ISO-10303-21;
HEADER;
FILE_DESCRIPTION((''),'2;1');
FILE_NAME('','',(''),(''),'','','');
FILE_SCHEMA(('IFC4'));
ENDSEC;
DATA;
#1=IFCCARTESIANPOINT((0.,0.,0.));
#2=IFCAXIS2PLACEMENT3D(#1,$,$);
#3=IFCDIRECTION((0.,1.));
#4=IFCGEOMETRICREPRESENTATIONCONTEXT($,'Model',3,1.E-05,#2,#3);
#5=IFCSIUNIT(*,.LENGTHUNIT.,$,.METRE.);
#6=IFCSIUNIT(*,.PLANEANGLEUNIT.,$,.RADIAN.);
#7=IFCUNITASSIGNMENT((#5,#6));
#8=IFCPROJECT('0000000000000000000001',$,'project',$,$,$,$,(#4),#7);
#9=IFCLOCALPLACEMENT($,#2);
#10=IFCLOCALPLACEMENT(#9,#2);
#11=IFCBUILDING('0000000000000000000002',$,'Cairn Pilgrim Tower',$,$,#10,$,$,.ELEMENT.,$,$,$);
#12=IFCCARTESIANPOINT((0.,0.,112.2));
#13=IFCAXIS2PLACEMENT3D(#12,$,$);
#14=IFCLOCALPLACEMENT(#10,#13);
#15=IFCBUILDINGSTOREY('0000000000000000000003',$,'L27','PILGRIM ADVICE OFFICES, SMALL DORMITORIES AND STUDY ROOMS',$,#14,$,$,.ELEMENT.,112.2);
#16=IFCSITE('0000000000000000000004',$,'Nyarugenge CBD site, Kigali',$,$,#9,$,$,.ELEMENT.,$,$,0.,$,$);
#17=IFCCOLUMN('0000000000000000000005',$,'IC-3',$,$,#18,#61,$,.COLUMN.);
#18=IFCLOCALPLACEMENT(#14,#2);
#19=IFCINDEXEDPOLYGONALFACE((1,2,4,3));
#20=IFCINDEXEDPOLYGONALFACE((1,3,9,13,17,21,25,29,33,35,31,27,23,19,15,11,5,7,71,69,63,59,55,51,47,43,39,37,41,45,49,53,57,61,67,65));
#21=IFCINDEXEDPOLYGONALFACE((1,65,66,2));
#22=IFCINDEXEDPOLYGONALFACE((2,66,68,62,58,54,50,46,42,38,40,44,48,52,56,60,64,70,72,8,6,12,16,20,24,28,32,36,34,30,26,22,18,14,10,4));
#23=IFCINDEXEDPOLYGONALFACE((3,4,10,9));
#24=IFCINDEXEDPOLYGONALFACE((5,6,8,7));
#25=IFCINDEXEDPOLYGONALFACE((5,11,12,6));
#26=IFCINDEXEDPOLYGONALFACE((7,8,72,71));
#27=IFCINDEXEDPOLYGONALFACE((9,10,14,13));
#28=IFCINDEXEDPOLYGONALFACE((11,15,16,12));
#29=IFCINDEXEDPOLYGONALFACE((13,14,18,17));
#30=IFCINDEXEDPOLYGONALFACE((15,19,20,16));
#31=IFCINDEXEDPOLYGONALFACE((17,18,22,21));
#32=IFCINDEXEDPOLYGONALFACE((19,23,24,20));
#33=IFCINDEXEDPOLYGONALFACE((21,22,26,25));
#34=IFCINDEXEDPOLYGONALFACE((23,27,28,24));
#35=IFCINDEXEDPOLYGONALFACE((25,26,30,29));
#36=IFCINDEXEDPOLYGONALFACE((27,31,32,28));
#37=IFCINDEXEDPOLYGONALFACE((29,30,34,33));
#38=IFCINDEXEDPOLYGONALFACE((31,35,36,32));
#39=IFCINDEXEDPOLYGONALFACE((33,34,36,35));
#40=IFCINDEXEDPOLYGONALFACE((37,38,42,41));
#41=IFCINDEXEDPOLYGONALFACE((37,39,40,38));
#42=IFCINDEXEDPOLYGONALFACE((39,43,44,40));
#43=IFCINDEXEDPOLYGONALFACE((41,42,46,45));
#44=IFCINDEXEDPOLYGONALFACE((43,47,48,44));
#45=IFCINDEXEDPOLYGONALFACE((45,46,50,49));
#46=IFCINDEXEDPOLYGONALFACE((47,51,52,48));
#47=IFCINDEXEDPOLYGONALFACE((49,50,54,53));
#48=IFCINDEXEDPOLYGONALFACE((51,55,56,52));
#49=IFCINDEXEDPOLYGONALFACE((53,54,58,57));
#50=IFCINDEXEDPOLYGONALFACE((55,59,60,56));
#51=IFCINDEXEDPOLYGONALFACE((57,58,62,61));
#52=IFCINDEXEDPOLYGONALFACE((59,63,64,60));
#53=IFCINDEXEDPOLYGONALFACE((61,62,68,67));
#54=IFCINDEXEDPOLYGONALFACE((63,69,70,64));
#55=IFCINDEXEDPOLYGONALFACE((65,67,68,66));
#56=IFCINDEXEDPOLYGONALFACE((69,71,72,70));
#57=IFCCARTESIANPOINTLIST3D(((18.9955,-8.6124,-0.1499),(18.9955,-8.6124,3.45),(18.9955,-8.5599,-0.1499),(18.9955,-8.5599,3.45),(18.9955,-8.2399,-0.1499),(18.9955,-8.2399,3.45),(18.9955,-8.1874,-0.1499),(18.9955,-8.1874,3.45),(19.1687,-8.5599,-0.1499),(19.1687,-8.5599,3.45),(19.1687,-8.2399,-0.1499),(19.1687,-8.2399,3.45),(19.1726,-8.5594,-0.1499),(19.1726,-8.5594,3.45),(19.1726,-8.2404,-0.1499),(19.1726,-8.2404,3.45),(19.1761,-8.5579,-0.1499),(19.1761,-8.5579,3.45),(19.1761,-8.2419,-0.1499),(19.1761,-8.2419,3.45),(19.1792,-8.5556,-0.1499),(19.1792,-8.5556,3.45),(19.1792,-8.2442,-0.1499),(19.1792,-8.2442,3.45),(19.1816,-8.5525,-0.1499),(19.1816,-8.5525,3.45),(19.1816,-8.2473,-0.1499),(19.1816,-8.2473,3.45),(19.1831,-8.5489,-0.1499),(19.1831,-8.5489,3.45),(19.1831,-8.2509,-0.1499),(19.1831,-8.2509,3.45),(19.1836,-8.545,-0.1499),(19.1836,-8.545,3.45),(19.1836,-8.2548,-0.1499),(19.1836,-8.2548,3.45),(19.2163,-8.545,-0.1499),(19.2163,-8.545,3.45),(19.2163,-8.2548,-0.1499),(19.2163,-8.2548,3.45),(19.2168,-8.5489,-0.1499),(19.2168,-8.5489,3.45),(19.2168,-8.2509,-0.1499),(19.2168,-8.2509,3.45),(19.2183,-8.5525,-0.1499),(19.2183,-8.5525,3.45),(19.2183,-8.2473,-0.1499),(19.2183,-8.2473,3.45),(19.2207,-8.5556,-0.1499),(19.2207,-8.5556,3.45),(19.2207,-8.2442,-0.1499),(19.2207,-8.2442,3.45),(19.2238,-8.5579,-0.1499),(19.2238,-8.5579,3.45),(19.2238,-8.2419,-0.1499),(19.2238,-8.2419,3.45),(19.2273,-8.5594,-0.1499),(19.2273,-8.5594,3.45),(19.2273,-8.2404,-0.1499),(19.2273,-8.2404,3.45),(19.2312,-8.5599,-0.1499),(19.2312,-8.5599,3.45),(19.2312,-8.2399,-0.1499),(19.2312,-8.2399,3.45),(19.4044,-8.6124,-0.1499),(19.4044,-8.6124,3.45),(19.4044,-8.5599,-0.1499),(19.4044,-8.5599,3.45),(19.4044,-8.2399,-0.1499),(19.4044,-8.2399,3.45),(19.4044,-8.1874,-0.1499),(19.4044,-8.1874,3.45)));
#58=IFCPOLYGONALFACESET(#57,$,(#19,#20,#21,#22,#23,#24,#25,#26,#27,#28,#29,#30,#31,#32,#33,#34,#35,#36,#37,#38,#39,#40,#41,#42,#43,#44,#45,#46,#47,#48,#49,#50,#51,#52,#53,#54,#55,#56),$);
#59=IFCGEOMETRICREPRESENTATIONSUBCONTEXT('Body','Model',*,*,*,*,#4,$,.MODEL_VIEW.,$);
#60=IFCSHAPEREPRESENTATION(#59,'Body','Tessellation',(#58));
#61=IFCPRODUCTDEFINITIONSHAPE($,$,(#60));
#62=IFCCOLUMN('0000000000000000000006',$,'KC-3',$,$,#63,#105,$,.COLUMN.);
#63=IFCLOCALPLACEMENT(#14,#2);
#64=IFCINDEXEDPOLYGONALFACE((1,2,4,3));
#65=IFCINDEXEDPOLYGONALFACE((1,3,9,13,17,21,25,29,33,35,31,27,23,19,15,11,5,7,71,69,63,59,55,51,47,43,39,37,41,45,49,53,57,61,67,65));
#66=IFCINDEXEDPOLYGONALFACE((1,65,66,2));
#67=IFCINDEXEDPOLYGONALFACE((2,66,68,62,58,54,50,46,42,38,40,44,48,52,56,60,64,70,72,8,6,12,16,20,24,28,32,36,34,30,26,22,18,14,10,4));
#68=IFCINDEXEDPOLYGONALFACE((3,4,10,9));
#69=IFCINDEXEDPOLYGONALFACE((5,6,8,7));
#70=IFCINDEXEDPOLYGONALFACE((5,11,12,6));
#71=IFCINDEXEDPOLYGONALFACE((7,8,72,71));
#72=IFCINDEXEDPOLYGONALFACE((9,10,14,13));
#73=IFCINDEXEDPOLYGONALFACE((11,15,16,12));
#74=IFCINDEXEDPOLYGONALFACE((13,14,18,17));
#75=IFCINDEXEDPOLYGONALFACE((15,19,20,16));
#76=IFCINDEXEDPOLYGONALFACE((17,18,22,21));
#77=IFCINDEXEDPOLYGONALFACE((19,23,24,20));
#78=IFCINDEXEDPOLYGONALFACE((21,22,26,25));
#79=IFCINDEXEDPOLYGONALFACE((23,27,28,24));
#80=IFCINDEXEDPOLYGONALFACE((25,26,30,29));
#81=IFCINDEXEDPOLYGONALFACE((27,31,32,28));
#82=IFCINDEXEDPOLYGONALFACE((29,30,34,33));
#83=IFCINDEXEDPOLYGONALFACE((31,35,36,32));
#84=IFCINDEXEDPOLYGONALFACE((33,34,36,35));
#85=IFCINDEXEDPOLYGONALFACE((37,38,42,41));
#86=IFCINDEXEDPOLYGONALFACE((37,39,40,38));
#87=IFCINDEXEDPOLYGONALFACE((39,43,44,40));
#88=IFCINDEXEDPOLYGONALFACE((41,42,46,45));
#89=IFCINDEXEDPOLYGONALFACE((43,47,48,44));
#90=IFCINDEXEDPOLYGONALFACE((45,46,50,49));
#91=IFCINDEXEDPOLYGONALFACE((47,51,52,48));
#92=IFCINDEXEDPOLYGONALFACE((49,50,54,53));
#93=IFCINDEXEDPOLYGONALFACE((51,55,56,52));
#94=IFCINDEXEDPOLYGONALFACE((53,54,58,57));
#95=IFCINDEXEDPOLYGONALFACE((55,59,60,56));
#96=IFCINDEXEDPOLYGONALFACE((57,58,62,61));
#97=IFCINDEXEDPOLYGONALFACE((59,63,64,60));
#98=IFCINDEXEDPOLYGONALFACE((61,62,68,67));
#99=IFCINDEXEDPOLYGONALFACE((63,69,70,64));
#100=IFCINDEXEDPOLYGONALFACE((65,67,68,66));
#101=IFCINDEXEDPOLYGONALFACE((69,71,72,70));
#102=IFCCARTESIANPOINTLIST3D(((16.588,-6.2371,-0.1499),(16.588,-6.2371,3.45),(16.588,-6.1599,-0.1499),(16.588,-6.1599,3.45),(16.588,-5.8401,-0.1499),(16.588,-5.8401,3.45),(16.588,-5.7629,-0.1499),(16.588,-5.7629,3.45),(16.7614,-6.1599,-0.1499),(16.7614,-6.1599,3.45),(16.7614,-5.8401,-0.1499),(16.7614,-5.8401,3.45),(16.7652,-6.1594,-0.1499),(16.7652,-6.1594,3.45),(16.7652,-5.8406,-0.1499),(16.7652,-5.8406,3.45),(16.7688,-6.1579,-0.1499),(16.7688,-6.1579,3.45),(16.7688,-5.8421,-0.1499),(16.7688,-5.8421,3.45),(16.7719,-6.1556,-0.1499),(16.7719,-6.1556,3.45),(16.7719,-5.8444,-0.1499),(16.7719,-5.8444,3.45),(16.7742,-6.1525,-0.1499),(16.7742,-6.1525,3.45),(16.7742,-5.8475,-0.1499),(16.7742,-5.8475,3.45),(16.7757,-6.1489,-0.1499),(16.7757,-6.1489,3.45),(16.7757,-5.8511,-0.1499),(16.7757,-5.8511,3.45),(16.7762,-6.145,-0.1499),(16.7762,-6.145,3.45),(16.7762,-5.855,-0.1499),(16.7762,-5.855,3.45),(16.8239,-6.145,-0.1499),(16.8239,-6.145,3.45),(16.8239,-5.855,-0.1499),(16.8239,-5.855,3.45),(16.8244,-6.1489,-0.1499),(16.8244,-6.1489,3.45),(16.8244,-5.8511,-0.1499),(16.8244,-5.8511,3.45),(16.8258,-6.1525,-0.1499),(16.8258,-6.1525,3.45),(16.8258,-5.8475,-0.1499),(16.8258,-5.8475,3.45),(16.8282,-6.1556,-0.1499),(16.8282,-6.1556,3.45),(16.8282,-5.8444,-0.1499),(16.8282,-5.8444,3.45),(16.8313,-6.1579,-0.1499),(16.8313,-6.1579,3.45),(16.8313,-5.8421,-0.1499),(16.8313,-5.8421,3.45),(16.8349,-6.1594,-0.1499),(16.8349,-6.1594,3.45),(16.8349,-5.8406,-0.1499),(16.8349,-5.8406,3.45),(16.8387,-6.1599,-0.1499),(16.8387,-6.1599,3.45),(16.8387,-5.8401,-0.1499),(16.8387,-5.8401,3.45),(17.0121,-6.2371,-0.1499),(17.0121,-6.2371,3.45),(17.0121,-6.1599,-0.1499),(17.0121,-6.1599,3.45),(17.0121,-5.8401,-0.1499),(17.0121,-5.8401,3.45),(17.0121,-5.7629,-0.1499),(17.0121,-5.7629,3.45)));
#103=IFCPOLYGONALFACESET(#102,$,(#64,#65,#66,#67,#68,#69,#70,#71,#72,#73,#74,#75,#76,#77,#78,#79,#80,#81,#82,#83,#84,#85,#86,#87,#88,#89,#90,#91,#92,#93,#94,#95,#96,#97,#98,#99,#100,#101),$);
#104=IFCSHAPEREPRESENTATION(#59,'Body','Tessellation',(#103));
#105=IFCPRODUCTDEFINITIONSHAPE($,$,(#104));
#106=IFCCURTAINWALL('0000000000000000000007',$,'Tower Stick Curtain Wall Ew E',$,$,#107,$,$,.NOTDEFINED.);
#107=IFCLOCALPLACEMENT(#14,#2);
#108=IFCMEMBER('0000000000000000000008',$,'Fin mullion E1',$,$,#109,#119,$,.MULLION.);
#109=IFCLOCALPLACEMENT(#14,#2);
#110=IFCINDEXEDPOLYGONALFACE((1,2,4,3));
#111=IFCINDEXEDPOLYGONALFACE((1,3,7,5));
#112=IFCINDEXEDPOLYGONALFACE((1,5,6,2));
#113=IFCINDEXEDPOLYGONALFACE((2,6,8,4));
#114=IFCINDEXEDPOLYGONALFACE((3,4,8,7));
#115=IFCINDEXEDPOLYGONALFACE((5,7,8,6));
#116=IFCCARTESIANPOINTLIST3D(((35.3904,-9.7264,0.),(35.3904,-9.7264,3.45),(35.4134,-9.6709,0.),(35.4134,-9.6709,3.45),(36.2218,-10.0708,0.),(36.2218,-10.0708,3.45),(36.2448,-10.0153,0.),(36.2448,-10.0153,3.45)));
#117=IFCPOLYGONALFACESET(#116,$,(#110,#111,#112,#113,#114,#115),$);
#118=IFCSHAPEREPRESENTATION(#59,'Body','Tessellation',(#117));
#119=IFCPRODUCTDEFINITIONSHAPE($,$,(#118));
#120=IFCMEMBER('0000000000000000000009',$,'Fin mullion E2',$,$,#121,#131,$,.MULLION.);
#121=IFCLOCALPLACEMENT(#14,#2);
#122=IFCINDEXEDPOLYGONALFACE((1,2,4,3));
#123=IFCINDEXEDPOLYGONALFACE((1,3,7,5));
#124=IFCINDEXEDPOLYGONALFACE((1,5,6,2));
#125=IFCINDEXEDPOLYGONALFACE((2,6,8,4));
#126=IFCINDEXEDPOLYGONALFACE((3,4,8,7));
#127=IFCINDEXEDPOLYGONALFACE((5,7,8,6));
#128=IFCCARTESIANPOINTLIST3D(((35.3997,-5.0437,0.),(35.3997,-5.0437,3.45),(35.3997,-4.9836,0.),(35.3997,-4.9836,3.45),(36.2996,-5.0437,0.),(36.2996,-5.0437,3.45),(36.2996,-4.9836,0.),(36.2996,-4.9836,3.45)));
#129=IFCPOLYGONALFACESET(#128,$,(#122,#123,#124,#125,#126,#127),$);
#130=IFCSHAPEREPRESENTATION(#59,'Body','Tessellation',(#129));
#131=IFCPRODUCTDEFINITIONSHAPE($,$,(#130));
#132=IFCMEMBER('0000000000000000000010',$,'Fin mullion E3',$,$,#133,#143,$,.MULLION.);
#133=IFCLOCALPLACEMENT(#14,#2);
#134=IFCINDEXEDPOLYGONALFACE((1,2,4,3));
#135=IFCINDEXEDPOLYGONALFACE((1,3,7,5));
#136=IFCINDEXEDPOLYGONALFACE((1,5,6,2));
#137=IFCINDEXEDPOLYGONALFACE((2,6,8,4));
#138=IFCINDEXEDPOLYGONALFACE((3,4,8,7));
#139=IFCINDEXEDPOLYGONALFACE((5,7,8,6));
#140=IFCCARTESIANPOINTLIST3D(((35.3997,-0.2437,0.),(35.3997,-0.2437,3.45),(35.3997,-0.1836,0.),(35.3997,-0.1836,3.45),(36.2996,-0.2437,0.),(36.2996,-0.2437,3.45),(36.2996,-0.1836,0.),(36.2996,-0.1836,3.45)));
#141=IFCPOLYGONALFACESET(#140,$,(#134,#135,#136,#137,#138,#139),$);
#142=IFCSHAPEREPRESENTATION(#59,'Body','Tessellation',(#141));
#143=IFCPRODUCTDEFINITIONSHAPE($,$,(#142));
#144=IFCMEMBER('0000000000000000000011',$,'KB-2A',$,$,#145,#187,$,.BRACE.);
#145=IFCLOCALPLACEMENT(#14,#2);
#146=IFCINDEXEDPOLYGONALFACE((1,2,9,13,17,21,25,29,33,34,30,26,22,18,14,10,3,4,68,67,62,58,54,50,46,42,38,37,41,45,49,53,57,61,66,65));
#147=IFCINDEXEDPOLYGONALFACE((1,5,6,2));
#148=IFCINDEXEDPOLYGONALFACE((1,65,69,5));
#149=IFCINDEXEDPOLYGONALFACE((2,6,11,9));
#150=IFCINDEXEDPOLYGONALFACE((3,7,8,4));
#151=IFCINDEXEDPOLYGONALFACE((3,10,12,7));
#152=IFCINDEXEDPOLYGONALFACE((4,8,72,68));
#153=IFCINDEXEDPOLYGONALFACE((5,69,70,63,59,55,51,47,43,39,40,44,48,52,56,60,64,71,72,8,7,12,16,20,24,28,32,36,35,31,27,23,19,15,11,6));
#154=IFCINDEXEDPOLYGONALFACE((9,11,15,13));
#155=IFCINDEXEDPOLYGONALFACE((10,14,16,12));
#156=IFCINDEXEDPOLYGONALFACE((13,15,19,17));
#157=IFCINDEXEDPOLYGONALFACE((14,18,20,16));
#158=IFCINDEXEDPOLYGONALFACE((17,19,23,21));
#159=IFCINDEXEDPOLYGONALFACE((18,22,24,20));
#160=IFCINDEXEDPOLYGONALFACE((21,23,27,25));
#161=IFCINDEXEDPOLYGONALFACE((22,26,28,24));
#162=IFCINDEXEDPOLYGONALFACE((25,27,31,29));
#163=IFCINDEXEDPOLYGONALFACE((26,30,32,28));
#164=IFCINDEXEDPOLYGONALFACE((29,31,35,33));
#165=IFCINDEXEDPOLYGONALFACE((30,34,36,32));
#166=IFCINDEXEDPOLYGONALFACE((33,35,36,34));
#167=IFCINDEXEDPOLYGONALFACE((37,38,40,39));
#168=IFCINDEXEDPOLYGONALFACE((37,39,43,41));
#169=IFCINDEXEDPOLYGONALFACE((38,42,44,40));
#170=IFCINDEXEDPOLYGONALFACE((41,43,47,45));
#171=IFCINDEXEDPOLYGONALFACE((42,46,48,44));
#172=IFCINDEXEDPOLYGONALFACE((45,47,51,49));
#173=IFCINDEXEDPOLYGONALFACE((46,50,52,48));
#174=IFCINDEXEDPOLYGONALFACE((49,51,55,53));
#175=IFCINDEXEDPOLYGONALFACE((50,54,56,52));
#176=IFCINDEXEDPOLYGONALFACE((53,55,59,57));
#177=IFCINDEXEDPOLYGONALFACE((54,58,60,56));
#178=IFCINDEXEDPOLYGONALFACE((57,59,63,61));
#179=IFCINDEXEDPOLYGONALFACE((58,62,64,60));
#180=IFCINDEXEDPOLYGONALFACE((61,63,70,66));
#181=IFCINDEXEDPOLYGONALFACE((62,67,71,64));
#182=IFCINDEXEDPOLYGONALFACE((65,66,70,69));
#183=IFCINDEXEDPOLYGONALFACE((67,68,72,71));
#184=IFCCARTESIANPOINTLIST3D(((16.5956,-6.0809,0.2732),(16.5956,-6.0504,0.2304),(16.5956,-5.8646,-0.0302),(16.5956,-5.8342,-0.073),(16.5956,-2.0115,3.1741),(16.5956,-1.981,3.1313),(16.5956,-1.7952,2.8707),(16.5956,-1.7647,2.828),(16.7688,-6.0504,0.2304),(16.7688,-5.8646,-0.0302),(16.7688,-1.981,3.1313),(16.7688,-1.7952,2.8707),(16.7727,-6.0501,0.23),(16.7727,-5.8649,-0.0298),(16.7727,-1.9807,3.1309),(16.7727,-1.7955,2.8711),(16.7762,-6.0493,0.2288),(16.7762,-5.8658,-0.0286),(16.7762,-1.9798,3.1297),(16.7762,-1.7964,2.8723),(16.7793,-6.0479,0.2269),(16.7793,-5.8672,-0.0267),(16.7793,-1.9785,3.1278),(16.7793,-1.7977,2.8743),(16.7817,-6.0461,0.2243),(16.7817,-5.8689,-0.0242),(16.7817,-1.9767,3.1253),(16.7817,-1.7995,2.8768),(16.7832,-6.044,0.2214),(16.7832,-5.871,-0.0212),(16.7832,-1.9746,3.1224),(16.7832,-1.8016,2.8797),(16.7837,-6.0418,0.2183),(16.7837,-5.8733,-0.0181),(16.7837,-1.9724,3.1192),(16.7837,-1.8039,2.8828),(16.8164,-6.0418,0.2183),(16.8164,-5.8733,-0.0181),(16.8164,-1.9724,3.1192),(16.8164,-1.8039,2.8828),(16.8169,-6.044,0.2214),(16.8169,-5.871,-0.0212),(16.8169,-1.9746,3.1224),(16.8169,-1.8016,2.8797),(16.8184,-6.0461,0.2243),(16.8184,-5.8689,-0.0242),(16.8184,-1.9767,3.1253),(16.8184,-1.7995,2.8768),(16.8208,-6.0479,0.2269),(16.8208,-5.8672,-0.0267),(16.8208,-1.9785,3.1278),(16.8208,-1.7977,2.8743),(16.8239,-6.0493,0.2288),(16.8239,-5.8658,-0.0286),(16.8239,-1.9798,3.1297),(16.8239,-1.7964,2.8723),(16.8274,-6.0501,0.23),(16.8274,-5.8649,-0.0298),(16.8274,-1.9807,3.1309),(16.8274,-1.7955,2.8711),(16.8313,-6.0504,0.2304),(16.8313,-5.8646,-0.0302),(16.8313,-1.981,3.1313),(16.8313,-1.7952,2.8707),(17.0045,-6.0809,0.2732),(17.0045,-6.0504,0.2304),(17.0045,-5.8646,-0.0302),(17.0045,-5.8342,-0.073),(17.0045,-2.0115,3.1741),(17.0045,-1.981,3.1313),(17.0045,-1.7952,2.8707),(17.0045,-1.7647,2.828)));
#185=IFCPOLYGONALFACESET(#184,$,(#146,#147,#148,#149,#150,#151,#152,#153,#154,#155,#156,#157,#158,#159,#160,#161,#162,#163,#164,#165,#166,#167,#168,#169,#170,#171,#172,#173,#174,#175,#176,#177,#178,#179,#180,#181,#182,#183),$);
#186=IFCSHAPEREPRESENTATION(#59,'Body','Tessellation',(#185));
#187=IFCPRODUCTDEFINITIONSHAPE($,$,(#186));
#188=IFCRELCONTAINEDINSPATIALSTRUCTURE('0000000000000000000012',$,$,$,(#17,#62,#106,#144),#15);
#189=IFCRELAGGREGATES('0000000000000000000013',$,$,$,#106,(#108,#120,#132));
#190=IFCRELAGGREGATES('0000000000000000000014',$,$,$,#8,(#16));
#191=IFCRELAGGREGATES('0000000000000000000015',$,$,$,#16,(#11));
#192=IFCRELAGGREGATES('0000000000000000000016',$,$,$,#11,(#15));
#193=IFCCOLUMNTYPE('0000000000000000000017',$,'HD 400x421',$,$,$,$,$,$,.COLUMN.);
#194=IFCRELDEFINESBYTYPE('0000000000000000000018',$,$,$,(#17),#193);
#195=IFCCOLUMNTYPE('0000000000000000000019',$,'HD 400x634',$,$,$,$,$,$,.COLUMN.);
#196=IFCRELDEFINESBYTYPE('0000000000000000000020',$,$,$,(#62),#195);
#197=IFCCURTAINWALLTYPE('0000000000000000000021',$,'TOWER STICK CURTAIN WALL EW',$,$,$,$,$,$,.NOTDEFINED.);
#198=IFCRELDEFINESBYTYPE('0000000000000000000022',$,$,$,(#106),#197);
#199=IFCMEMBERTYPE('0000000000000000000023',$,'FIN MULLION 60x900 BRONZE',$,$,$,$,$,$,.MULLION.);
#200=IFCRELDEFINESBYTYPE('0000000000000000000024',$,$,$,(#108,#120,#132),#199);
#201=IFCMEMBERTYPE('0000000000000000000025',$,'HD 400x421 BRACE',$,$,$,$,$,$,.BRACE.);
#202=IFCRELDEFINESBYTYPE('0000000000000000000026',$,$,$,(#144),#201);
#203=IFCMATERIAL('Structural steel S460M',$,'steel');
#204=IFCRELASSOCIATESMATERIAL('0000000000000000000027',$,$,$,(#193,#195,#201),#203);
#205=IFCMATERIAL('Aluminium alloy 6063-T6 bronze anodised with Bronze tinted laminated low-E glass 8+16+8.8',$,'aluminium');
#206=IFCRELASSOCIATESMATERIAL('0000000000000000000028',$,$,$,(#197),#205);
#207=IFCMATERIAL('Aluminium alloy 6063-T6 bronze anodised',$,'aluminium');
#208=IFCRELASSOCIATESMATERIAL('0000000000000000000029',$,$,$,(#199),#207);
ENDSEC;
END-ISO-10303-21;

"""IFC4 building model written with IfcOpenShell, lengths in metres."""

from ifc_helpers import new_model, si_unit, direction, frame, origin, origin_2d, place, context, subcontext, project, spatial, rectangle, i_section, extrude, material, material_profile, profile_set, type_object, element, aggregate, save


model = new_model("IFC4")

# Units and contexts
model_context = context("Model", 3, precision=1e-05, world=origin(), true_north=direction((0.0, 1.0)))
body_context = subcontext(model_context, "Body", "Model", "MODEL_VIEW")
ifc_project = project(units=[si_unit("LENGTHUNIT", "METRE"), si_unit("PLANEANGLEUNIT", "RADIAN")], contexts=[model_context])

# Site, building, storey
site_placement = place(None, origin())
site = spatial("IfcSite", under=ifc_project, at=site_placement, Name="Nyarugenge CBD site, Kigali", CompositionType="ELEMENT", RefElevation=0.0)
building_placement = place(site_placement, origin())
building = spatial("IfcBuilding", under=site, at=building_placement, Name="Cairn Pilgrim Tower", CompositionType="ELEMENT")
storey_placement = place(building_placement, frame((0.0, 0.0, 112.2)))
storey = spatial("IfcBuildingStorey", under=building, at=storey_placement, Name="L27", Description="PILGRIM ADVICE OFFICES, SMALL DORMITORIES AND STUDY ROOMS", CompositionType="ELEMENT", Elevation=112.2)

# Columns
ifc_material_1 = material(Name="Structural steel S460M", Category="steel")
ifc_material_profile_1 = material_profile(ifc_material_1, i_section(OverallWidth=0.4089, OverallDepth=0.425, WebThickness=0.0327, FlangeThickness=0.0525, FilletRadius=0.0149, at=origin_2d()), Name="HD 400x421")
ifc_profile_set_1 = profile_set([ifc_material_profile_1], Name="Structural steel S460M")
column_type_1 = type_object("IfcColumnType", Name="HD 400x421", PredefinedType="COLUMN", material=ifc_profile_set_1)
column_1_placement = place(storey_placement, frame((19.2, -8.3999, -0.1499), z_axis=(0.0, 0.0, 1.0), x_axis=(1.0, 0.0, 0.0)))
element("IfcColumn", 1, at=column_1_placement, inside=storey, type_object=column_type_1, Name="IC-3", PredefinedType="COLUMN", context=body_context, shape_type="SweptSolid", body=[
    extrude(i_section(OverallWidth=0.4089, OverallDepth=0.425, WebThickness=0.0327, FlangeThickness=0.0525, FilletRadius=0.0149, at=origin_2d()), origin(), (0.0, 0.0, 1.0), 3.5999),
])
ifc_material_profile_2 = material_profile(ifc_material_1, i_section(OverallWidth=0.4241, OverallDepth=0.4741, WebThickness=0.0476, FlangeThickness=0.0771, FilletRadius=0.0149, at=origin_2d()), Name="HD 400x634")
ifc_profile_set_2 = profile_set([ifc_material_profile_2], Name="Structural steel S460M")
column_type_2 = type_object("IfcColumnType", Name="HD 400x634", PredefinedType="COLUMN", material=ifc_profile_set_2)
column_2_placement = place(storey_placement, frame((16.8, -6.0, -0.1499), z_axis=(0.0, 0.0, 1.0), x_axis=(1.0, 0.0, 0.0)))
element("IfcColumn", 2, at=column_2_placement, inside=storey, type_object=column_type_2, Name="KC-3", PredefinedType="COLUMN", context=body_context, shape_type="SweptSolid", body=[
    extrude(i_section(OverallWidth=0.4241, OverallDepth=0.4741, WebThickness=0.0476, FlangeThickness=0.0771, FilletRadius=0.0149, at=origin_2d()), origin(), (0.0, 0.0, 1.0), 3.5999),
])

# Curtain wall, members
ifc_material_2 = material(Name="Aluminium alloy 6063-T6 bronze anodised with Bronze tinted laminated low-E glass 8+16+8.8", Category="aluminium")
curtain_wall_type_1 = type_object("IfcCurtainWallType", Name="TOWER STICK CURTAIN WALL EW", PredefinedType="NOTDEFINED", material=ifc_material_2)
curtain_wall_1_placement = place(storey_placement, origin())
curtain_wall_1 = element("IfcCurtainWall", 3, at=curtain_wall_1_placement, inside=storey, type_object=curtain_wall_type_1, Name="Tower Stick Curtain Wall Ew E", PredefinedType="NOTDEFINED")
ifc_material_3 = material(Name="Aluminium alloy 6063-T6 bronze anodised", Category="aluminium")
ifc_material_profile_3 = material_profile(ifc_material_3, rectangle(XDim=0.8999, YDim=0.0601, at=origin_2d()), Name="FIN MULLION 60x900 BRONZE")
ifc_profile_set_3 = profile_set([ifc_material_profile_3], Name="Aluminium alloy 6063-T6 bronze anodised")
member_type_1 = type_object("IfcMemberType", Name="FIN MULLION 60x900 BRONZE", PredefinedType="MULLION", material=ifc_profile_set_3)
member_1_placement = place(storey_placement, frame((35.8176, -9.8708, 0.0), z_axis=(0.0, 0.0, 1.0), x_axis=(0.92388, -0.382683, 0.0)))
member_1 = element("IfcMember", 4, at=member_1_placement, type_object=member_type_1, Name="Fin mullion E1", PredefinedType="MULLION", context=body_context, shape_type="SweptSolid", body=[
    extrude(rectangle(XDim=0.8999, YDim=0.0601, at=origin_2d()), origin(), (0.0, 0.0, 1.0), 3.45),
])
member_2_placement = place(storey_placement, frame((35.8496, -5.0137, 0.0), z_axis=(0.0, 0.0, 1.0), x_axis=(1.0, 0.0, 0.0)))
member_2 = element("IfcMember", 5, at=member_2_placement, type_object=member_type_1, Name="Fin mullion E2", PredefinedType="MULLION", context=body_context, shape_type="SweptSolid", body=[
    extrude(rectangle(XDim=0.8999, YDim=0.0601, at=origin_2d()), origin(), (0.0, 0.0, 1.0), 3.45),
])
member_3_placement = place(storey_placement, frame((35.8496, -0.2136, 0.0), z_axis=(0.0, 0.0, 1.0), x_axis=(1.0, 0.0, 0.0)))
member_3 = element("IfcMember", 6, at=member_3_placement, type_object=member_type_1, Name="Fin mullion E3", PredefinedType="MULLION", context=body_context, shape_type="SweptSolid", body=[
    extrude(rectangle(XDim=0.8999, YDim=0.0601, at=origin_2d()), origin(), (0.0, 0.0, 1.0), 3.45),
])

# Member
ifc_material_profile_4 = material_profile(ifc_material_1, i_section(OverallWidth=0.4089, OverallDepth=0.425, WebThickness=0.0327, FlangeThickness=0.0525, FilletRadius=0.0149, at=origin_2d()), Name="HD 400x421")
ifc_profile_set_4 = profile_set([ifc_material_profile_4], Name="Structural steel S460M")
member_type_2 = type_object("IfcMemberType", Name="HD 400x421 BRACE", PredefinedType="BRACE", material=ifc_profile_set_4)
member_4_placement = place(storey_placement, frame((16.8, -5.9575, 0.1001), z_axis=(0.0, 0.814281, 0.580471), x_axis=(-1.0, 0.0, 0.0)))
element("IfcMember", 7, at=member_4_placement, inside=storey, type_object=member_type_2, Name="KB-2A", PredefinedType="BRACE", context=body_context, shape_type="SweptSolid", body=[
    extrude(i_section(OverallWidth=0.4089, OverallDepth=0.425, WebThickness=0.0327, FlangeThickness=0.0525, FilletRadius=0.0149, at=origin_2d()), origin(), (0.0, 0.0, 1.0), 4.9976),
])

aggregate(curtain_wall_1, [member_1, member_2, member_3])

save(model, "model.ifc")
